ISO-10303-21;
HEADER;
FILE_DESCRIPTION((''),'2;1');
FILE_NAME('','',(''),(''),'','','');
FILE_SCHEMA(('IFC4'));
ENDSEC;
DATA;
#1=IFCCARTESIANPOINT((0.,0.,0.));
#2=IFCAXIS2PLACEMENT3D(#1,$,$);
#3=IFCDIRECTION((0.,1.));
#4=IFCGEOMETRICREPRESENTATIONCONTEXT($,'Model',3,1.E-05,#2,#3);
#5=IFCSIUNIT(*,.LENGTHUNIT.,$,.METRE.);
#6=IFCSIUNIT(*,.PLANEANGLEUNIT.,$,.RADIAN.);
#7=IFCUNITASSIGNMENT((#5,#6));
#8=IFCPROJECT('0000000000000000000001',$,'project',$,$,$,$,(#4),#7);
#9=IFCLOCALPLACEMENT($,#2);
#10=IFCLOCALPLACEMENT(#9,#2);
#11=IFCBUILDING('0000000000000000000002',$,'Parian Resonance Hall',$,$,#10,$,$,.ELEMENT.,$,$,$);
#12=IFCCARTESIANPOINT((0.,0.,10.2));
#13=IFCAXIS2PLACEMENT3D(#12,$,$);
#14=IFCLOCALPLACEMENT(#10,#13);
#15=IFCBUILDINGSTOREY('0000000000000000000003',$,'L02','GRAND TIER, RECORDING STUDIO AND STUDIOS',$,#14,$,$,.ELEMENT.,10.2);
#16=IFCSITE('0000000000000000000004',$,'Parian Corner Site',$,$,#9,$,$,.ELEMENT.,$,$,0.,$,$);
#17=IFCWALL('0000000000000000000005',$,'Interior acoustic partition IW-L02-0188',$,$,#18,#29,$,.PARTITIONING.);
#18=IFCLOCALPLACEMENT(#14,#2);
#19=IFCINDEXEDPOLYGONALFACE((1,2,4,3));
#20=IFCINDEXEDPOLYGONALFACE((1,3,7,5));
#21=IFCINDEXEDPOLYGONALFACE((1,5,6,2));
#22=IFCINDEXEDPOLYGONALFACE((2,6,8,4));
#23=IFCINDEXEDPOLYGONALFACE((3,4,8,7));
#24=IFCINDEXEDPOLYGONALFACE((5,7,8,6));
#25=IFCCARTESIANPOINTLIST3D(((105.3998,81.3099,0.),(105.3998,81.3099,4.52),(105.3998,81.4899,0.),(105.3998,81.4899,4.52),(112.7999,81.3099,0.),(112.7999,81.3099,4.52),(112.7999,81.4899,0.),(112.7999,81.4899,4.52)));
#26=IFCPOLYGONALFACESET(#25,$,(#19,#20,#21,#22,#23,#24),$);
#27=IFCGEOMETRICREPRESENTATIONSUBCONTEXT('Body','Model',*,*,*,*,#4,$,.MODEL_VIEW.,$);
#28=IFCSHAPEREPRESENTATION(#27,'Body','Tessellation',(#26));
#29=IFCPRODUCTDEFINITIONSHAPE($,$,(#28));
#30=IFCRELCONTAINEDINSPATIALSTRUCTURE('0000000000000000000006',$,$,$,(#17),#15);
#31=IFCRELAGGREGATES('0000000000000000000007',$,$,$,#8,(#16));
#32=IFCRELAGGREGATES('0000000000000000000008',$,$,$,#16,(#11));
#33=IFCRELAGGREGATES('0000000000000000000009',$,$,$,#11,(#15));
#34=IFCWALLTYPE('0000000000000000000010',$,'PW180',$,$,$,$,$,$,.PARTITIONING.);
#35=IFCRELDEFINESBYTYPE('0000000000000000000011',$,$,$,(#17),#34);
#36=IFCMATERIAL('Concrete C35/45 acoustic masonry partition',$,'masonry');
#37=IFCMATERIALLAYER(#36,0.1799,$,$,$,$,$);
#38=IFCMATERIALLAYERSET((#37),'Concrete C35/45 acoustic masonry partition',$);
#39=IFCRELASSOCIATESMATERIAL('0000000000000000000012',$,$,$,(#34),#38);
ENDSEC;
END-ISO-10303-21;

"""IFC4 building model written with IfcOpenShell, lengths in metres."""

from ifc_helpers import new_model, si_unit, direction, frame, frame_2d, origin, place, context, subcontext, project, spatial, rectangle, extrude, material, layer, layer_set, type_object, element, save


model = new_model("IFC4")

# Units and contexts
model_context = context("Model", 3, precision=1e-05, world=origin(), true_north=direction((0.0, 1.0)))
body_context = subcontext(model_context, "Body", "Model", "MODEL_VIEW")
ifc_project = project(units=[si_unit("LENGTHUNIT", "METRE"), si_unit("PLANEANGLEUNIT", "RADIAN")], contexts=[model_context])

# Site, building, storey
site_placement = place(None, origin())
site = spatial("IfcSite", under=ifc_project, at=site_placement, Name="Parian Corner Site", CompositionType="ELEMENT", RefElevation=0.0)
building_placement = place(site_placement, origin())
building = spatial("IfcBuilding", under=site, at=building_placement, Name="Parian Resonance Hall", CompositionType="ELEMENT")
storey_placement = place(building_placement, frame((0.0, 0.0, 10.2)))
storey = spatial("IfcBuildingStorey", under=building, at=storey_placement, Name="L02", Description="GRAND TIER, RECORDING STUDIO AND STUDIOS", CompositionType="ELEMENT", Elevation=10.2)

# Wall
ifc_material_1 = material(Name="Concrete C35/45 acoustic masonry partition", Category="masonry")
ifc_layer_1 = layer(ifc_material_1, 0.1799)
ifc_layer_set_1 = layer_set([ifc_layer_1], Name="Concrete C35/45 acoustic masonry partition")
wall_type_1 = type_object("IfcWallType", Name="PW180", PredefinedType="PARTITIONING", material=ifc_layer_set_1)
wall_1_placement = place(storey_placement, frame((112.8, 81.3999, 0.0), z_axis=(0.0, 0.0, 1.0), x_axis=(-1.0, 0.0, 0.0)))
element("IfcWall", 1, at=wall_1_placement, inside=storey, type_object=wall_type_1, Name="Interior acoustic partition IW-L02-0188", PredefinedType="PARTITIONING", context=body_context, shape_type="SweptSolid", body=[
    extrude(rectangle(XDim=7.4001, YDim=0.1799, at=frame_2d((3.7002, 0.0))), origin(), (0.0, 0.0, 1.0), 4.52),
])

save(model, "model.ifc")
